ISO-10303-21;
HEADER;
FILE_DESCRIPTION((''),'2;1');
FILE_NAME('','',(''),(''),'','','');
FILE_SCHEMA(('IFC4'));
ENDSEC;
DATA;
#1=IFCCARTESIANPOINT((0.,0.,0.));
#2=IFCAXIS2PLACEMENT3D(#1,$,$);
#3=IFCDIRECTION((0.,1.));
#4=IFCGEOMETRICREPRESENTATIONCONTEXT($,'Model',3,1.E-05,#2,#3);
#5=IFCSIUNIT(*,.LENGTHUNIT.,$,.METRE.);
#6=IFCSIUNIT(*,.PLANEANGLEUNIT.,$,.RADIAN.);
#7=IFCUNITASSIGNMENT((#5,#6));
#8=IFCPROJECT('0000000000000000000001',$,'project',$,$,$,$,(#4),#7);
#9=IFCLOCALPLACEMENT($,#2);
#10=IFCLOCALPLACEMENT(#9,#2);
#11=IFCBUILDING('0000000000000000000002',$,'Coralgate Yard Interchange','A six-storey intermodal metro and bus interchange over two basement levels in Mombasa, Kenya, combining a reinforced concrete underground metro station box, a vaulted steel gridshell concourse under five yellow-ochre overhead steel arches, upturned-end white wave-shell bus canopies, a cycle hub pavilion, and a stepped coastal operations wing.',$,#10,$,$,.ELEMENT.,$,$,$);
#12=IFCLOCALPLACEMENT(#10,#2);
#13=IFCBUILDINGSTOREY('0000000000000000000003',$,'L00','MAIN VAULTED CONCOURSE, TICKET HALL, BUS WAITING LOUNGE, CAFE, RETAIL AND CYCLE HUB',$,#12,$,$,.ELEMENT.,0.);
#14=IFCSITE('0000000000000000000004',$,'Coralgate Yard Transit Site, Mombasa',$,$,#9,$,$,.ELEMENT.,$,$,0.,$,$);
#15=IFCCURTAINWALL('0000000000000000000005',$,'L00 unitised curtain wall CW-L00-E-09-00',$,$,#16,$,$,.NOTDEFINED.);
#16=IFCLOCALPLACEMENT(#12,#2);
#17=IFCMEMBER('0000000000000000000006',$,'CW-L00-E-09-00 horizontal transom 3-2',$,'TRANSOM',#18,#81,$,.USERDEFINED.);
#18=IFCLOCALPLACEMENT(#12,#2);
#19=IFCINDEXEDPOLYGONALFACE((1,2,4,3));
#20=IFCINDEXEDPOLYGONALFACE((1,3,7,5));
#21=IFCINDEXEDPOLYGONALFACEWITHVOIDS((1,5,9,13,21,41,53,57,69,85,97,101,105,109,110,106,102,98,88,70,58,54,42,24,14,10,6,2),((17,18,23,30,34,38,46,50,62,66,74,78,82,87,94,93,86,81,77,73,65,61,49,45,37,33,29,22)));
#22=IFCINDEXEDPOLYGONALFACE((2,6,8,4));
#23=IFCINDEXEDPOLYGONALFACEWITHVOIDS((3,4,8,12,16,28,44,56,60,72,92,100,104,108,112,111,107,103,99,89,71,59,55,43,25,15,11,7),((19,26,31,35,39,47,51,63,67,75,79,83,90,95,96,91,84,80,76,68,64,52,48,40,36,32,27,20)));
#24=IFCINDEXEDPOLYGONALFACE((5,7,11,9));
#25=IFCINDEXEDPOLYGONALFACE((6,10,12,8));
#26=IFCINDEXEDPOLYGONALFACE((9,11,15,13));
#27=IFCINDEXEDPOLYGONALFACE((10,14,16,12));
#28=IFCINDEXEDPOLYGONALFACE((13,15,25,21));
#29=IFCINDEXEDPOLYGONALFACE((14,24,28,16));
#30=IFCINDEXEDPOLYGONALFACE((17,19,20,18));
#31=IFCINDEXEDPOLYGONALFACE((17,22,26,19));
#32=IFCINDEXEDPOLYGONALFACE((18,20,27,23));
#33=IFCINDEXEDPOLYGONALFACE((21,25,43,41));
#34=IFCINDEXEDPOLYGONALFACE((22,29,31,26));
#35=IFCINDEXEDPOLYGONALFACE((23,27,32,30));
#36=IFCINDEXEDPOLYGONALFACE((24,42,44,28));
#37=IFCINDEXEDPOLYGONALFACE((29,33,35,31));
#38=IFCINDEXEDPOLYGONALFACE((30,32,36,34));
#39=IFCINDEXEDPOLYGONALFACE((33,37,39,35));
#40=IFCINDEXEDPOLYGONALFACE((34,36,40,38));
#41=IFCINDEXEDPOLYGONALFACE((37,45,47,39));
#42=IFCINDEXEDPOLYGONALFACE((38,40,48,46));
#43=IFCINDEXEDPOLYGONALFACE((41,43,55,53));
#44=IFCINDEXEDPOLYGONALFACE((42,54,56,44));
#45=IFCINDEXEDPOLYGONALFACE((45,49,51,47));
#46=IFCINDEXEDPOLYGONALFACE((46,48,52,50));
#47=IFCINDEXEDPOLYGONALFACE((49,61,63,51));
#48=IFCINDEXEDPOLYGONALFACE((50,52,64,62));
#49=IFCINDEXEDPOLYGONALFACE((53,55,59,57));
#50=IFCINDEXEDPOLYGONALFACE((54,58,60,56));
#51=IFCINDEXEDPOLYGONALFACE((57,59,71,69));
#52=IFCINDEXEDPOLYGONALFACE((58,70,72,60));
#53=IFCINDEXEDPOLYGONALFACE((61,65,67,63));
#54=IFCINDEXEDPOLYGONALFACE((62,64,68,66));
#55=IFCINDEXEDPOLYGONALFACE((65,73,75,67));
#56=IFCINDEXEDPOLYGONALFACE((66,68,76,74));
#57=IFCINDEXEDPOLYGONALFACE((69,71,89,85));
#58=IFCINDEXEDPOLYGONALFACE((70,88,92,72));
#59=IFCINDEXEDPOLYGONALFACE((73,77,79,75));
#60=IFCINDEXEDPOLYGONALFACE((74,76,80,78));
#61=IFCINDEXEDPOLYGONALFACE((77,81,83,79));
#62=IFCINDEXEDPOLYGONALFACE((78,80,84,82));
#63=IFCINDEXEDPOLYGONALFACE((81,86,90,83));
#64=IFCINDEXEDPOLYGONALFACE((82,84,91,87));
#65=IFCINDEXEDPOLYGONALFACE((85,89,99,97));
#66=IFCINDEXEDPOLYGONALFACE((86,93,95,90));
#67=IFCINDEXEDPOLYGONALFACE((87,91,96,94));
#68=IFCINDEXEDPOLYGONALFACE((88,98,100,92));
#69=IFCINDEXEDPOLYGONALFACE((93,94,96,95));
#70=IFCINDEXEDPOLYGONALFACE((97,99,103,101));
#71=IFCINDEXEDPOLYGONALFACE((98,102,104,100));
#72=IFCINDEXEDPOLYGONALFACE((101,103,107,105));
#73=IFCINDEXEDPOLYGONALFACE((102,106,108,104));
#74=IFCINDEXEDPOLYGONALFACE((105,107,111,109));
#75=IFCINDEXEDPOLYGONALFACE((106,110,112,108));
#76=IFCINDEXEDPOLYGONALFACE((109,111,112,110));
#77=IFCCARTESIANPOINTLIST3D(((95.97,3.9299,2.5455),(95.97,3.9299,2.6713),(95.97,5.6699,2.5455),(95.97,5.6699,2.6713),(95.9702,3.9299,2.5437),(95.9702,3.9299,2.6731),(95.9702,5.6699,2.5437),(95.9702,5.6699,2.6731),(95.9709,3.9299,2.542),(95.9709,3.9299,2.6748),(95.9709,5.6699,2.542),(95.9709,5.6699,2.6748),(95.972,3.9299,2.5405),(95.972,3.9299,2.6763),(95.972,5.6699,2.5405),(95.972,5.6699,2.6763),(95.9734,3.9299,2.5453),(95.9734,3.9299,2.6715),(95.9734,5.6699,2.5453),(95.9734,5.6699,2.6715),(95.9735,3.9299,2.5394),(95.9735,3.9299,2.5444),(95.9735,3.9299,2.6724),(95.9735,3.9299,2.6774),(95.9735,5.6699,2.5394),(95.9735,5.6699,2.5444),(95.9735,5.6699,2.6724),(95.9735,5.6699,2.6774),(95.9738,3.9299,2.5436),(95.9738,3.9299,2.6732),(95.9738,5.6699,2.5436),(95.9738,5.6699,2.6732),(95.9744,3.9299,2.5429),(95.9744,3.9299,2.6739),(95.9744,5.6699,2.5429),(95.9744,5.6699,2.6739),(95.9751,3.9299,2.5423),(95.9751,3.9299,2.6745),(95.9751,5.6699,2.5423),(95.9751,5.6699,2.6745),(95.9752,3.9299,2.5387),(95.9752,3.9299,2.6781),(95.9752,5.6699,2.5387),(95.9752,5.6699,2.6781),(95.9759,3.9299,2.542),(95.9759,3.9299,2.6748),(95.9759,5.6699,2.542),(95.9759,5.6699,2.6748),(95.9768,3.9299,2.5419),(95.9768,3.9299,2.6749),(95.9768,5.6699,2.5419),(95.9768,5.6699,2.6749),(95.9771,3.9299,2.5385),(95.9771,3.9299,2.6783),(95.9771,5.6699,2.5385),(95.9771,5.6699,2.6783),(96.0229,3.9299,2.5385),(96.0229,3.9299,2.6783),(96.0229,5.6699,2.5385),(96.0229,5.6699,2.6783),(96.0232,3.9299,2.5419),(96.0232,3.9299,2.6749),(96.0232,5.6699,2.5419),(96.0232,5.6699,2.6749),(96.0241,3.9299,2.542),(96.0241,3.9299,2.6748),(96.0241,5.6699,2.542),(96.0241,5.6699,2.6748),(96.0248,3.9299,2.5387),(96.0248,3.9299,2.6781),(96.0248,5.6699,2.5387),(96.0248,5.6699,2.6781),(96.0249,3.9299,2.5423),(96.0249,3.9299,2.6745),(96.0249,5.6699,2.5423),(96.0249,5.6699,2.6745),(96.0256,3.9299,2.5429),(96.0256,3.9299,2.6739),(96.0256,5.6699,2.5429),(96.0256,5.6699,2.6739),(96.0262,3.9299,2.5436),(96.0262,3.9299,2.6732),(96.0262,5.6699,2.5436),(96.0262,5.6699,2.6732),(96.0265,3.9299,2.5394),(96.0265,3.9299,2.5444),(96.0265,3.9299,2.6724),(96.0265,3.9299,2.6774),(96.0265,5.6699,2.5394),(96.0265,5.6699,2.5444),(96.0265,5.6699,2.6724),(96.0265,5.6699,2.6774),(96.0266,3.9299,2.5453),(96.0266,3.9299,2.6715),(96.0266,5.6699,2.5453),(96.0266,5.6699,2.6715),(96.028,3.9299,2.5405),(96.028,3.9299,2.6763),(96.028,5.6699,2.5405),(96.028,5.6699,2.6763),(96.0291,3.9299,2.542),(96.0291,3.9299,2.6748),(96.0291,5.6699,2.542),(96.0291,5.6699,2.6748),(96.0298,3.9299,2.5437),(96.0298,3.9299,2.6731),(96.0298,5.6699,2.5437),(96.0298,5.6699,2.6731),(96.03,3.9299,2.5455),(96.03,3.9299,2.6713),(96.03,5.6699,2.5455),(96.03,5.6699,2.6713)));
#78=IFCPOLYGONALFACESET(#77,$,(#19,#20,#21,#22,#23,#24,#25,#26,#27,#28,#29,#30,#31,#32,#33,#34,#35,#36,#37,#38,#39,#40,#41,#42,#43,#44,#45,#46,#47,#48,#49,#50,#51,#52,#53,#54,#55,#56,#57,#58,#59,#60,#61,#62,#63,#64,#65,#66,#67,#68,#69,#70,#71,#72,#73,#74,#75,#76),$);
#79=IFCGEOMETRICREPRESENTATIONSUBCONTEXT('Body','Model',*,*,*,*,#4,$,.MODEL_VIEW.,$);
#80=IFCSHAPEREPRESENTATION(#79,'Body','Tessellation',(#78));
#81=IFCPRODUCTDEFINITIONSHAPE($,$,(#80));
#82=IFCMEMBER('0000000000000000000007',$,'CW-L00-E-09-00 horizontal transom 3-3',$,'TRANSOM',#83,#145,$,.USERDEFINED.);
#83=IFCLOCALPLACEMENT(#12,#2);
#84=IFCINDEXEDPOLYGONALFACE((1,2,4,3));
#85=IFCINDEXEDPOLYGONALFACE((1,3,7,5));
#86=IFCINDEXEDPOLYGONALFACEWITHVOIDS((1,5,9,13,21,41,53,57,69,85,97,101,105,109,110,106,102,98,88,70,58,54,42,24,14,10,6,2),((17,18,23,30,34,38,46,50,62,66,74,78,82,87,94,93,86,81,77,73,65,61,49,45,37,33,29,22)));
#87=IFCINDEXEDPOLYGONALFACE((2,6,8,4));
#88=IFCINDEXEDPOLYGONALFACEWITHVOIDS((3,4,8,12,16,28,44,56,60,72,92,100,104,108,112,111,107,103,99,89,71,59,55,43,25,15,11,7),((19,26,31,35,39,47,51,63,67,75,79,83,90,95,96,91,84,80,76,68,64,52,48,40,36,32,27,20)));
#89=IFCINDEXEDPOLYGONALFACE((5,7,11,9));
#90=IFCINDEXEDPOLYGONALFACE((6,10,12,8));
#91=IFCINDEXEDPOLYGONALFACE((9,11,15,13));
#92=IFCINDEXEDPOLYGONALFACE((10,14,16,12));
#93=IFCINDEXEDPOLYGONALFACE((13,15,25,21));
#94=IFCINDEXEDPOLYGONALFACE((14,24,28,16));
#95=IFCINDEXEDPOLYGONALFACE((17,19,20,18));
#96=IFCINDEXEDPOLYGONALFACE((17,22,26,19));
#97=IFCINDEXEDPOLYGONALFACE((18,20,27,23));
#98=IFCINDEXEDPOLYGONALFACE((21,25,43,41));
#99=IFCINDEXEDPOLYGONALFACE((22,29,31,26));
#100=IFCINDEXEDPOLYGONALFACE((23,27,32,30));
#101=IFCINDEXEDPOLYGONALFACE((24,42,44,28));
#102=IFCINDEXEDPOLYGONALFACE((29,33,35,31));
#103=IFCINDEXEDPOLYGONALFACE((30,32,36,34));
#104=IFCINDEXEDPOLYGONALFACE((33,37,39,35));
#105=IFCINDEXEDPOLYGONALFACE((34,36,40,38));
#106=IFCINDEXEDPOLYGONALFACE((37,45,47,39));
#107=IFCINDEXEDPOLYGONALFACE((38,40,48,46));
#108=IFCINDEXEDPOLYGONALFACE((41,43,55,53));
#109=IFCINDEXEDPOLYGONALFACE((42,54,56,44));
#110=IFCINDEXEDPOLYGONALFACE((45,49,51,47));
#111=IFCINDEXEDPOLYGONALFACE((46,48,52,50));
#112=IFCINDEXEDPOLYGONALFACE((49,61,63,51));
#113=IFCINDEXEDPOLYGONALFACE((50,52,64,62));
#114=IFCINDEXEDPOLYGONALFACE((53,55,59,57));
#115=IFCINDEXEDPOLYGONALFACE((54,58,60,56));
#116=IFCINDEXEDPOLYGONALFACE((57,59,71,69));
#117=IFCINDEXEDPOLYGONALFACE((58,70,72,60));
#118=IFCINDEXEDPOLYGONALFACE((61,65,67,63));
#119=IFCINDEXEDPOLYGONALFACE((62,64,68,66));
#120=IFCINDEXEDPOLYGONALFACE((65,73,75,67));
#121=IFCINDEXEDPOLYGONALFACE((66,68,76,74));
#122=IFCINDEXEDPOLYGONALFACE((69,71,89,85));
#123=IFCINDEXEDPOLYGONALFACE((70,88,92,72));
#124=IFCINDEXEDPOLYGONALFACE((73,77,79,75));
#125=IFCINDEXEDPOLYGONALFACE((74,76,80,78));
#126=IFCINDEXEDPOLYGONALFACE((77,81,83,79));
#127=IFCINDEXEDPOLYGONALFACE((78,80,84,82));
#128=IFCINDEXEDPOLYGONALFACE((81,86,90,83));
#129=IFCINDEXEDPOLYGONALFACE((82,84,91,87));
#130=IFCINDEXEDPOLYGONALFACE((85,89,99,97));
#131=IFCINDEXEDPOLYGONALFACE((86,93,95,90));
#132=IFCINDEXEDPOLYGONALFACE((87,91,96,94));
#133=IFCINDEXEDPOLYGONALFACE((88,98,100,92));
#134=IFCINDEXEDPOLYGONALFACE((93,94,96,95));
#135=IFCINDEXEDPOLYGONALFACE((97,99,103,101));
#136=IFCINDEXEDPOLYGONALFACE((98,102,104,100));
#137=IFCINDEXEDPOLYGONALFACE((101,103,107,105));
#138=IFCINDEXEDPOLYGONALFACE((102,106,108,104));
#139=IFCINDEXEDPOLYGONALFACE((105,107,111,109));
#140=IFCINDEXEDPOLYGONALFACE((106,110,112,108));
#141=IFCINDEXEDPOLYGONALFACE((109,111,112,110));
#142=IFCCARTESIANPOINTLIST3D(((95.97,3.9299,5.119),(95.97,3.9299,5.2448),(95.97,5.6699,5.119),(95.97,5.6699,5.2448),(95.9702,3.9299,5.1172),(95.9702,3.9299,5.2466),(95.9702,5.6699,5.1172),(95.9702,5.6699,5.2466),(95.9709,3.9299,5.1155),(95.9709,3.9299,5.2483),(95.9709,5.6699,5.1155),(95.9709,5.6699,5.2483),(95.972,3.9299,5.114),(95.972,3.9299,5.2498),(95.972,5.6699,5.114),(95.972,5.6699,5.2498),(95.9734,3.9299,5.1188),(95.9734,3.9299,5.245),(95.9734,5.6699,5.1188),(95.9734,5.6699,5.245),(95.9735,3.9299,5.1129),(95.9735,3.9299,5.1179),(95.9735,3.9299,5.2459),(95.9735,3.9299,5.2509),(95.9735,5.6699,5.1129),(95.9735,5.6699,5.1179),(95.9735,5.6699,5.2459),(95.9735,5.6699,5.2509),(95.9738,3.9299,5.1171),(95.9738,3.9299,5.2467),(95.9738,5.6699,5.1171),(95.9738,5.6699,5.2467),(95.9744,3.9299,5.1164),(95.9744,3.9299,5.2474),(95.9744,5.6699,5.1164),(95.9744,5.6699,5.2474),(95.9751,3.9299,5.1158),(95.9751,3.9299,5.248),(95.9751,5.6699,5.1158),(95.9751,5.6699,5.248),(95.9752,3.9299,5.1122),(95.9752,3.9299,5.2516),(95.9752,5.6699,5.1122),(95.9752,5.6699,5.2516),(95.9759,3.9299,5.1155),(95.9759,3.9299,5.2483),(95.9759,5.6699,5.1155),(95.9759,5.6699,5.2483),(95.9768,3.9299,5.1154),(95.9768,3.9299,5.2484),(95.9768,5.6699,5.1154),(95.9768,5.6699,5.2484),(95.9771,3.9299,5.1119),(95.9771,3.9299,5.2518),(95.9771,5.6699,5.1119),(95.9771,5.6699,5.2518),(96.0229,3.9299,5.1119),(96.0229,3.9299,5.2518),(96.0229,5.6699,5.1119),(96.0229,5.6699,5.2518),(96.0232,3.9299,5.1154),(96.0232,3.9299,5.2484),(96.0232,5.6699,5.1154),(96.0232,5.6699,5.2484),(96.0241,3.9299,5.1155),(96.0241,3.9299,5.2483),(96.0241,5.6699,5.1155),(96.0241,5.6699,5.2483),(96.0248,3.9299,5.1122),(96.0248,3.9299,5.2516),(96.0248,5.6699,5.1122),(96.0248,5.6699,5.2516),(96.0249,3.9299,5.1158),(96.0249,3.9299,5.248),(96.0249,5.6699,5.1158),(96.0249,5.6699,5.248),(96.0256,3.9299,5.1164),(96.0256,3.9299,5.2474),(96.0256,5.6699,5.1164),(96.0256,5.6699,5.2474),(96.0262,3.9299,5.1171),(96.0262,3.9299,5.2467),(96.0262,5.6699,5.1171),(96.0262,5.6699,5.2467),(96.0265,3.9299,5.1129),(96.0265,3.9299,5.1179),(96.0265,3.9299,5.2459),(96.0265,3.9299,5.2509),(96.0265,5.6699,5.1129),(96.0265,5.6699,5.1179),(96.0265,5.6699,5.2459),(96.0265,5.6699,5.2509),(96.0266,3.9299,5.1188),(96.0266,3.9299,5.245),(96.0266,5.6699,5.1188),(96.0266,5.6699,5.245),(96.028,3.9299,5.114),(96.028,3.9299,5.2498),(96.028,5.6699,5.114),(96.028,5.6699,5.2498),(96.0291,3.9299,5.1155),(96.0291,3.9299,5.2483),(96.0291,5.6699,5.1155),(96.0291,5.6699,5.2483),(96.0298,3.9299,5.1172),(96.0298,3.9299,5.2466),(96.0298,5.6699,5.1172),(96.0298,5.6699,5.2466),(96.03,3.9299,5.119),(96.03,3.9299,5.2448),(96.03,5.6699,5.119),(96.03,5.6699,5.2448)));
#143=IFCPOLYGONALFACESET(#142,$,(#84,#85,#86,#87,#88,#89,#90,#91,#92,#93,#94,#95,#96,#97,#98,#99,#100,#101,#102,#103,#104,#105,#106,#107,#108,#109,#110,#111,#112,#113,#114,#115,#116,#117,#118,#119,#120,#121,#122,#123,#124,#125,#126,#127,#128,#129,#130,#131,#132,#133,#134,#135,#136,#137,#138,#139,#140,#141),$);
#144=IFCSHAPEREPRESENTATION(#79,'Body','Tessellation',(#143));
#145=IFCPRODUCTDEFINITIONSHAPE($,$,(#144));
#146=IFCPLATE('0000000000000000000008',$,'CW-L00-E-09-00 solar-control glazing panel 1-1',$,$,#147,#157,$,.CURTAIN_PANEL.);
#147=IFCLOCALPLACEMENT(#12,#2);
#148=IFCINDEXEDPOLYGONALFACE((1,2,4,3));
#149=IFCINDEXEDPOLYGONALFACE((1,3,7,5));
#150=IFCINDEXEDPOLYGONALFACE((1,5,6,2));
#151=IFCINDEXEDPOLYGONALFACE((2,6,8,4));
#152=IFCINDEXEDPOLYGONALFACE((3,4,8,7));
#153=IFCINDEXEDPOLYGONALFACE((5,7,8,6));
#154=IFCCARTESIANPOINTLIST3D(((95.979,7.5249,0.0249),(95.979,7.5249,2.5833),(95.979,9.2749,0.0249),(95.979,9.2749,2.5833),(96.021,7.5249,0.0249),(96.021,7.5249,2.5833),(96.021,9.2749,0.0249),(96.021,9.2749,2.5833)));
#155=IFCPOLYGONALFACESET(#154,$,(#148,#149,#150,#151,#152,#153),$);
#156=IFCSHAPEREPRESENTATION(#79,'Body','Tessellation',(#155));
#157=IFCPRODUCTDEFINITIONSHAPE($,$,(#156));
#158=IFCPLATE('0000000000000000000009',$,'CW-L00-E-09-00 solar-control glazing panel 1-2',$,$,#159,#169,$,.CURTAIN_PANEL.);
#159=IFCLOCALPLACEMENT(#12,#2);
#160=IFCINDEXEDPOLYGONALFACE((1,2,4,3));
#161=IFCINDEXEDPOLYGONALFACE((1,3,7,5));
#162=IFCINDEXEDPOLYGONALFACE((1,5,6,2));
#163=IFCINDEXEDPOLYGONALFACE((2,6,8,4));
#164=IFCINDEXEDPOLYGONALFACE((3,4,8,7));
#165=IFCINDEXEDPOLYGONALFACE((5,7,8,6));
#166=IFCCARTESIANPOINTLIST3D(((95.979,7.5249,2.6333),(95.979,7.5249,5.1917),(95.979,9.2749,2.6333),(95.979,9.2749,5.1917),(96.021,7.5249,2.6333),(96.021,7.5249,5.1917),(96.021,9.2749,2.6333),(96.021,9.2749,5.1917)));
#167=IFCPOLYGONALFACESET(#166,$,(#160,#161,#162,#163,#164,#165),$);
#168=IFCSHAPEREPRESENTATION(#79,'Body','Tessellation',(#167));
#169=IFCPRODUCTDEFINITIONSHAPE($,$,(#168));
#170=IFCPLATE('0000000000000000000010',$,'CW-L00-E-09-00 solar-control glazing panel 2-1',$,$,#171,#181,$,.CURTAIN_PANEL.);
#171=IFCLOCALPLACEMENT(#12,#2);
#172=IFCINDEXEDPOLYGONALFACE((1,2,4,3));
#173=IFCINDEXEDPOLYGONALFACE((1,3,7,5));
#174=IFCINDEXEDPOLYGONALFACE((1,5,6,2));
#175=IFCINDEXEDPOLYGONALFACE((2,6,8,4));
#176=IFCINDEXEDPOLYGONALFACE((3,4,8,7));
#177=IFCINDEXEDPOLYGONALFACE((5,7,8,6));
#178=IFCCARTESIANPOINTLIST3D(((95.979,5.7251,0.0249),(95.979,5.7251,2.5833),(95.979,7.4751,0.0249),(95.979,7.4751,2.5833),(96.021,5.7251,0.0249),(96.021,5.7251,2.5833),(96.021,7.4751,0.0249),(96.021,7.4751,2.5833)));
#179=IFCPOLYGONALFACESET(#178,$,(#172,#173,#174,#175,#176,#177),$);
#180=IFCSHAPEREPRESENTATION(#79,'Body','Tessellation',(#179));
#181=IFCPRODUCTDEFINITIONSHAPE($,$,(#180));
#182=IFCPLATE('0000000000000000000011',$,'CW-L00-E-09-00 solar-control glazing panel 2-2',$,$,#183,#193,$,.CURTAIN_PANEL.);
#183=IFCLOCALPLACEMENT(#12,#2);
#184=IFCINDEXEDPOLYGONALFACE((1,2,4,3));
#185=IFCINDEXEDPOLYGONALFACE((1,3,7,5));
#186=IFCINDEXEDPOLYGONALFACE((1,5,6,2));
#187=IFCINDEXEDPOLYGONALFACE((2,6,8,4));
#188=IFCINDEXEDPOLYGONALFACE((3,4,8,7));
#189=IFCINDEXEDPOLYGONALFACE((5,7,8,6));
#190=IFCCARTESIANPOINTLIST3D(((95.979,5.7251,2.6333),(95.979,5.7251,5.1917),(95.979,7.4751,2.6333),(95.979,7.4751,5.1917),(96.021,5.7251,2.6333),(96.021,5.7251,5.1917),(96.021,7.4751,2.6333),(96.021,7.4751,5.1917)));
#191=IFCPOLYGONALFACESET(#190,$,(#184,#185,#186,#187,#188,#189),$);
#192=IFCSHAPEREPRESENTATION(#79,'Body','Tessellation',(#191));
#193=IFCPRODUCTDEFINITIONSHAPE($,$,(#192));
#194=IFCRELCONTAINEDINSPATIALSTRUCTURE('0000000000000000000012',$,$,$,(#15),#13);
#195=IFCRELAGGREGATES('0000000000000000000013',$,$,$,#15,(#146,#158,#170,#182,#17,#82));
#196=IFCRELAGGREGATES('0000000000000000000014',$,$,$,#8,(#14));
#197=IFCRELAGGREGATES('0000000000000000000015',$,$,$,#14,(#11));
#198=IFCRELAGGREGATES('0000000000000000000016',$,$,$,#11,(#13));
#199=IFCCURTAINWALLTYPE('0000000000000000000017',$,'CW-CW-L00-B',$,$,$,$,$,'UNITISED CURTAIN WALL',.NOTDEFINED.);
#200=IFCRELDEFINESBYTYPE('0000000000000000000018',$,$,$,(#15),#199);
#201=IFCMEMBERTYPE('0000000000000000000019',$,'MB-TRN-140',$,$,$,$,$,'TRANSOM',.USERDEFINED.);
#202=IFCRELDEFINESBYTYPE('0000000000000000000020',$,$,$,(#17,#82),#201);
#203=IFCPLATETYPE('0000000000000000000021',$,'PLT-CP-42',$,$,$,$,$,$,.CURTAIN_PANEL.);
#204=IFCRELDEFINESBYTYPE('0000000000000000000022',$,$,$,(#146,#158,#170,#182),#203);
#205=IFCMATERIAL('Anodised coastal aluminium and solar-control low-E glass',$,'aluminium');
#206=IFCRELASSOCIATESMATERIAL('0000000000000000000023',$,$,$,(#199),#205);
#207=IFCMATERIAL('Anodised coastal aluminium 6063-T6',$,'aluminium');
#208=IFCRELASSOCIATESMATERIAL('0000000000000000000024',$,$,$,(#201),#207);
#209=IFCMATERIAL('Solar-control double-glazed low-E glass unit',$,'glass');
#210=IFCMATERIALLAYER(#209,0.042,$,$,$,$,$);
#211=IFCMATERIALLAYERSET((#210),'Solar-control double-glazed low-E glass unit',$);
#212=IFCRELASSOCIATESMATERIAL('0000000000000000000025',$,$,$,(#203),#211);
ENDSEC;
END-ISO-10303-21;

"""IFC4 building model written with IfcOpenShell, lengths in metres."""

from ifc_helpers import new_model, si_unit, direction, frame, origin, origin_2d, place, context, subcontext, project, spatial, rectangle, hollow_rectangle, extrude, material, layer, layer_set, material_profile, profile_set, type_object, element, aggregate, save


model = new_model("IFC4")

# Units and contexts
model_context = context("Model", 3, precision=1e-05, world=origin(), true_north=direction((0.0, 1.0)))
body_context = subcontext(model_context, "Body", "Model", "MODEL_VIEW")
ifc_project = project(units=[si_unit("LENGTHUNIT", "METRE"), si_unit("PLANEANGLEUNIT", "RADIAN")], contexts=[model_context])

# Site, building, storey
site_placement = place(None, origin())
site = spatial("IfcSite", under=ifc_project, at=site_placement, Name="Coralgate Yard Transit Site, Mombasa", CompositionType="ELEMENT", RefElevation=0.0)
building_placement = place(site_placement, origin())
building = spatial("IfcBuilding", under=site, at=building_placement, Name="Coralgate Yard Interchange", Description="A six-storey intermodal metro and bus interchange over two basement levels in Mombasa, Kenya, combining a reinforced concrete underground metro station box, a vaulted steel gridshell concourse under five yellow-ochre overhead steel arches, upturned-end white wave-shell bus canopies, a cycle hub pavilion, and a stepped coastal operations wing.", CompositionType="ELEMENT")
storey_placement = place(building_placement, origin())
storey = spatial("IfcBuildingStorey", under=building, at=storey_placement, Name="L00", Description="MAIN VAULTED CONCOURSE, TICKET HALL, BUS WAITING LOUNGE, CAFE, RETAIL AND CYCLE HUB", CompositionType="ELEMENT", Elevation=0.0)

# Curtain wall, members, plates
ifc_material_1 = material(Name="Anodised coastal aluminium and solar-control low-E glass", Category="aluminium")
curtain_wall_type = type_object("IfcCurtainWallType", Name="CW-CW-L00-B", ElementType="UNITISED CURTAIN WALL", PredefinedType="NOTDEFINED", material=ifc_material_1)
curtain_wall_placement = place(storey_placement, origin())
curtain_wall = element("IfcCurtainWall", 1, at=curtain_wall_placement, inside=storey, type_object=curtain_wall_type, Name="L00 unitised curtain wall CW-L00-E-09-00", PredefinedType="NOTDEFINED")
ifc_material_2 = material(Name="Anodised coastal aluminium 6063-T6", Category="aluminium")
ifc_material_profile_1 = material_profile(ifc_material_2, hollow_rectangle(XDim=0.0601, YDim=0.1399, WallThickness=0.0034, InnerFilletRadius=0.0034, OuterFilletRadius=0.0071, at=origin_2d()), Name="ALU 60x140x3.5")
ifc_profile_set_1 = profile_set([ifc_material_profile_1], Name="Anodised coastal aluminium 6063-T6")
member_type_1 = type_object("IfcMemberType", Name="MB-TRN-140", ElementType="TRANSOM", PredefinedType="USERDEFINED", material=ifc_profile_set_1)
member_1_placement = place(storey_placement, frame((96.0, 5.6699, 2.6084), z_axis=(0.0, -1.0, 0.0), x_axis=(1.0, 0.0, 0.0)))
member_1 = element("IfcMember", 2, at=member_1_placement, type_object=member_type_1, Name="CW-L00-E-09-00 horizontal transom 3-2", ObjectType="TRANSOM", PredefinedType="USERDEFINED", context=body_context, shape_type="SweptSolid", body=[
    extrude(hollow_rectangle(XDim=0.0601, YDim=0.1399, WallThickness=0.0034, InnerFilletRadius=0.0034, OuterFilletRadius=0.0071, at=origin_2d()), origin(), (0.0, 0.0, 1.0), 1.74),
])
member_2_placement = place(storey_placement, frame((96.0, 5.6699, 5.1819), z_axis=(0.0, -1.0, 0.0), x_axis=(1.0, 0.0, 0.0)))
member_2 = element("IfcMember", 3, at=member_2_placement, type_object=member_type_1, Name="CW-L00-E-09-00 horizontal transom 3-3", ObjectType="TRANSOM", PredefinedType="USERDEFINED", context=body_context, shape_type="SweptSolid", body=[
    extrude(hollow_rectangle(XDim=0.0601, YDim=0.1399, WallThickness=0.0034, InnerFilletRadius=0.0034, OuterFilletRadius=0.0071, at=origin_2d()), origin(), (0.0, 0.0, 1.0), 1.74),
])
ifc_material_3 = material(Name="Solar-control double-glazed low-E glass unit", Category="glass")
ifc_layer_1 = layer(ifc_material_3, 0.042)
ifc_layer_set_1 = layer_set([ifc_layer_1], Name="Solar-control double-glazed low-E glass unit")
plate_type = type_object("IfcPlateType", Name="PLT-CP-42", PredefinedType="CURTAIN_PANEL", material=ifc_layer_set_1)
plate_1_placement = place(storey_placement, frame((96.0, 8.3999, 0.0249), z_axis=(0.0, 0.0, 1.0), x_axis=(0.0, -1.0, 0.0)))
plate_1 = element("IfcPlate", 4, at=plate_1_placement, type_object=plate_type, Name="CW-L00-E-09-00 solar-control glazing panel 1-1", PredefinedType="CURTAIN_PANEL", context=body_context, shape_type="SweptSolid", body=[
    extrude(rectangle(XDim=1.75, YDim=0.042, at=origin_2d()), origin(), (0.0, 0.0, 1.0), 2.5583),
])
plate_2_placement = place(storey_placement, frame((96.0, 8.3999, 2.6333), z_axis=(0.0, 0.0, 1.0), x_axis=(0.0, -1.0, 0.0)))
plate_2 = element("IfcPlate", 5, at=plate_2_placement, type_object=plate_type, Name="CW-L00-E-09-00 solar-control glazing panel 1-2", PredefinedType="CURTAIN_PANEL", context=body_context, shape_type="SweptSolid", body=[
    extrude(rectangle(XDim=1.75, YDim=0.042, at=origin_2d()), origin(), (0.0, 0.0, 1.0), 2.5583),
])
plate_3_placement = place(storey_placement, frame((96.0, 6.6001, 0.0249), z_axis=(0.0, 0.0, 1.0), x_axis=(0.0, -1.0, 0.0)))
plate_3 = element("IfcPlate", 6, at=plate_3_placement, type_object=plate_type, Name="CW-L00-E-09-00 solar-control glazing panel 2-1", PredefinedType="CURTAIN_PANEL", context=body_context, shape_type="SweptSolid", body=[
    extrude(rectangle(XDim=1.75, YDim=0.042, at=origin_2d()), origin(), (0.0, 0.0, 1.0), 2.5583),
])
plate_4_placement = place(storey_placement, frame((96.0, 6.6001, 2.6333), z_axis=(0.0, 0.0, 1.0), x_axis=(0.0, -1.0, 0.0)))
plate_4 = element("IfcPlate", 7, at=plate_4_placement, type_object=plate_type, Name="CW-L00-E-09-00 solar-control glazing panel 2-2", PredefinedType="CURTAIN_PANEL", context=body_context, shape_type="SweptSolid", body=[
    extrude(rectangle(XDim=1.75, YDim=0.042, at=origin_2d()), origin(), (0.0, 0.0, 1.0), 2.5583),
])
aggregate(curtain_wall, [plate_1, plate_2, plate_3, plate_4, member_1, member_2])

save(model, "model.ifc")
